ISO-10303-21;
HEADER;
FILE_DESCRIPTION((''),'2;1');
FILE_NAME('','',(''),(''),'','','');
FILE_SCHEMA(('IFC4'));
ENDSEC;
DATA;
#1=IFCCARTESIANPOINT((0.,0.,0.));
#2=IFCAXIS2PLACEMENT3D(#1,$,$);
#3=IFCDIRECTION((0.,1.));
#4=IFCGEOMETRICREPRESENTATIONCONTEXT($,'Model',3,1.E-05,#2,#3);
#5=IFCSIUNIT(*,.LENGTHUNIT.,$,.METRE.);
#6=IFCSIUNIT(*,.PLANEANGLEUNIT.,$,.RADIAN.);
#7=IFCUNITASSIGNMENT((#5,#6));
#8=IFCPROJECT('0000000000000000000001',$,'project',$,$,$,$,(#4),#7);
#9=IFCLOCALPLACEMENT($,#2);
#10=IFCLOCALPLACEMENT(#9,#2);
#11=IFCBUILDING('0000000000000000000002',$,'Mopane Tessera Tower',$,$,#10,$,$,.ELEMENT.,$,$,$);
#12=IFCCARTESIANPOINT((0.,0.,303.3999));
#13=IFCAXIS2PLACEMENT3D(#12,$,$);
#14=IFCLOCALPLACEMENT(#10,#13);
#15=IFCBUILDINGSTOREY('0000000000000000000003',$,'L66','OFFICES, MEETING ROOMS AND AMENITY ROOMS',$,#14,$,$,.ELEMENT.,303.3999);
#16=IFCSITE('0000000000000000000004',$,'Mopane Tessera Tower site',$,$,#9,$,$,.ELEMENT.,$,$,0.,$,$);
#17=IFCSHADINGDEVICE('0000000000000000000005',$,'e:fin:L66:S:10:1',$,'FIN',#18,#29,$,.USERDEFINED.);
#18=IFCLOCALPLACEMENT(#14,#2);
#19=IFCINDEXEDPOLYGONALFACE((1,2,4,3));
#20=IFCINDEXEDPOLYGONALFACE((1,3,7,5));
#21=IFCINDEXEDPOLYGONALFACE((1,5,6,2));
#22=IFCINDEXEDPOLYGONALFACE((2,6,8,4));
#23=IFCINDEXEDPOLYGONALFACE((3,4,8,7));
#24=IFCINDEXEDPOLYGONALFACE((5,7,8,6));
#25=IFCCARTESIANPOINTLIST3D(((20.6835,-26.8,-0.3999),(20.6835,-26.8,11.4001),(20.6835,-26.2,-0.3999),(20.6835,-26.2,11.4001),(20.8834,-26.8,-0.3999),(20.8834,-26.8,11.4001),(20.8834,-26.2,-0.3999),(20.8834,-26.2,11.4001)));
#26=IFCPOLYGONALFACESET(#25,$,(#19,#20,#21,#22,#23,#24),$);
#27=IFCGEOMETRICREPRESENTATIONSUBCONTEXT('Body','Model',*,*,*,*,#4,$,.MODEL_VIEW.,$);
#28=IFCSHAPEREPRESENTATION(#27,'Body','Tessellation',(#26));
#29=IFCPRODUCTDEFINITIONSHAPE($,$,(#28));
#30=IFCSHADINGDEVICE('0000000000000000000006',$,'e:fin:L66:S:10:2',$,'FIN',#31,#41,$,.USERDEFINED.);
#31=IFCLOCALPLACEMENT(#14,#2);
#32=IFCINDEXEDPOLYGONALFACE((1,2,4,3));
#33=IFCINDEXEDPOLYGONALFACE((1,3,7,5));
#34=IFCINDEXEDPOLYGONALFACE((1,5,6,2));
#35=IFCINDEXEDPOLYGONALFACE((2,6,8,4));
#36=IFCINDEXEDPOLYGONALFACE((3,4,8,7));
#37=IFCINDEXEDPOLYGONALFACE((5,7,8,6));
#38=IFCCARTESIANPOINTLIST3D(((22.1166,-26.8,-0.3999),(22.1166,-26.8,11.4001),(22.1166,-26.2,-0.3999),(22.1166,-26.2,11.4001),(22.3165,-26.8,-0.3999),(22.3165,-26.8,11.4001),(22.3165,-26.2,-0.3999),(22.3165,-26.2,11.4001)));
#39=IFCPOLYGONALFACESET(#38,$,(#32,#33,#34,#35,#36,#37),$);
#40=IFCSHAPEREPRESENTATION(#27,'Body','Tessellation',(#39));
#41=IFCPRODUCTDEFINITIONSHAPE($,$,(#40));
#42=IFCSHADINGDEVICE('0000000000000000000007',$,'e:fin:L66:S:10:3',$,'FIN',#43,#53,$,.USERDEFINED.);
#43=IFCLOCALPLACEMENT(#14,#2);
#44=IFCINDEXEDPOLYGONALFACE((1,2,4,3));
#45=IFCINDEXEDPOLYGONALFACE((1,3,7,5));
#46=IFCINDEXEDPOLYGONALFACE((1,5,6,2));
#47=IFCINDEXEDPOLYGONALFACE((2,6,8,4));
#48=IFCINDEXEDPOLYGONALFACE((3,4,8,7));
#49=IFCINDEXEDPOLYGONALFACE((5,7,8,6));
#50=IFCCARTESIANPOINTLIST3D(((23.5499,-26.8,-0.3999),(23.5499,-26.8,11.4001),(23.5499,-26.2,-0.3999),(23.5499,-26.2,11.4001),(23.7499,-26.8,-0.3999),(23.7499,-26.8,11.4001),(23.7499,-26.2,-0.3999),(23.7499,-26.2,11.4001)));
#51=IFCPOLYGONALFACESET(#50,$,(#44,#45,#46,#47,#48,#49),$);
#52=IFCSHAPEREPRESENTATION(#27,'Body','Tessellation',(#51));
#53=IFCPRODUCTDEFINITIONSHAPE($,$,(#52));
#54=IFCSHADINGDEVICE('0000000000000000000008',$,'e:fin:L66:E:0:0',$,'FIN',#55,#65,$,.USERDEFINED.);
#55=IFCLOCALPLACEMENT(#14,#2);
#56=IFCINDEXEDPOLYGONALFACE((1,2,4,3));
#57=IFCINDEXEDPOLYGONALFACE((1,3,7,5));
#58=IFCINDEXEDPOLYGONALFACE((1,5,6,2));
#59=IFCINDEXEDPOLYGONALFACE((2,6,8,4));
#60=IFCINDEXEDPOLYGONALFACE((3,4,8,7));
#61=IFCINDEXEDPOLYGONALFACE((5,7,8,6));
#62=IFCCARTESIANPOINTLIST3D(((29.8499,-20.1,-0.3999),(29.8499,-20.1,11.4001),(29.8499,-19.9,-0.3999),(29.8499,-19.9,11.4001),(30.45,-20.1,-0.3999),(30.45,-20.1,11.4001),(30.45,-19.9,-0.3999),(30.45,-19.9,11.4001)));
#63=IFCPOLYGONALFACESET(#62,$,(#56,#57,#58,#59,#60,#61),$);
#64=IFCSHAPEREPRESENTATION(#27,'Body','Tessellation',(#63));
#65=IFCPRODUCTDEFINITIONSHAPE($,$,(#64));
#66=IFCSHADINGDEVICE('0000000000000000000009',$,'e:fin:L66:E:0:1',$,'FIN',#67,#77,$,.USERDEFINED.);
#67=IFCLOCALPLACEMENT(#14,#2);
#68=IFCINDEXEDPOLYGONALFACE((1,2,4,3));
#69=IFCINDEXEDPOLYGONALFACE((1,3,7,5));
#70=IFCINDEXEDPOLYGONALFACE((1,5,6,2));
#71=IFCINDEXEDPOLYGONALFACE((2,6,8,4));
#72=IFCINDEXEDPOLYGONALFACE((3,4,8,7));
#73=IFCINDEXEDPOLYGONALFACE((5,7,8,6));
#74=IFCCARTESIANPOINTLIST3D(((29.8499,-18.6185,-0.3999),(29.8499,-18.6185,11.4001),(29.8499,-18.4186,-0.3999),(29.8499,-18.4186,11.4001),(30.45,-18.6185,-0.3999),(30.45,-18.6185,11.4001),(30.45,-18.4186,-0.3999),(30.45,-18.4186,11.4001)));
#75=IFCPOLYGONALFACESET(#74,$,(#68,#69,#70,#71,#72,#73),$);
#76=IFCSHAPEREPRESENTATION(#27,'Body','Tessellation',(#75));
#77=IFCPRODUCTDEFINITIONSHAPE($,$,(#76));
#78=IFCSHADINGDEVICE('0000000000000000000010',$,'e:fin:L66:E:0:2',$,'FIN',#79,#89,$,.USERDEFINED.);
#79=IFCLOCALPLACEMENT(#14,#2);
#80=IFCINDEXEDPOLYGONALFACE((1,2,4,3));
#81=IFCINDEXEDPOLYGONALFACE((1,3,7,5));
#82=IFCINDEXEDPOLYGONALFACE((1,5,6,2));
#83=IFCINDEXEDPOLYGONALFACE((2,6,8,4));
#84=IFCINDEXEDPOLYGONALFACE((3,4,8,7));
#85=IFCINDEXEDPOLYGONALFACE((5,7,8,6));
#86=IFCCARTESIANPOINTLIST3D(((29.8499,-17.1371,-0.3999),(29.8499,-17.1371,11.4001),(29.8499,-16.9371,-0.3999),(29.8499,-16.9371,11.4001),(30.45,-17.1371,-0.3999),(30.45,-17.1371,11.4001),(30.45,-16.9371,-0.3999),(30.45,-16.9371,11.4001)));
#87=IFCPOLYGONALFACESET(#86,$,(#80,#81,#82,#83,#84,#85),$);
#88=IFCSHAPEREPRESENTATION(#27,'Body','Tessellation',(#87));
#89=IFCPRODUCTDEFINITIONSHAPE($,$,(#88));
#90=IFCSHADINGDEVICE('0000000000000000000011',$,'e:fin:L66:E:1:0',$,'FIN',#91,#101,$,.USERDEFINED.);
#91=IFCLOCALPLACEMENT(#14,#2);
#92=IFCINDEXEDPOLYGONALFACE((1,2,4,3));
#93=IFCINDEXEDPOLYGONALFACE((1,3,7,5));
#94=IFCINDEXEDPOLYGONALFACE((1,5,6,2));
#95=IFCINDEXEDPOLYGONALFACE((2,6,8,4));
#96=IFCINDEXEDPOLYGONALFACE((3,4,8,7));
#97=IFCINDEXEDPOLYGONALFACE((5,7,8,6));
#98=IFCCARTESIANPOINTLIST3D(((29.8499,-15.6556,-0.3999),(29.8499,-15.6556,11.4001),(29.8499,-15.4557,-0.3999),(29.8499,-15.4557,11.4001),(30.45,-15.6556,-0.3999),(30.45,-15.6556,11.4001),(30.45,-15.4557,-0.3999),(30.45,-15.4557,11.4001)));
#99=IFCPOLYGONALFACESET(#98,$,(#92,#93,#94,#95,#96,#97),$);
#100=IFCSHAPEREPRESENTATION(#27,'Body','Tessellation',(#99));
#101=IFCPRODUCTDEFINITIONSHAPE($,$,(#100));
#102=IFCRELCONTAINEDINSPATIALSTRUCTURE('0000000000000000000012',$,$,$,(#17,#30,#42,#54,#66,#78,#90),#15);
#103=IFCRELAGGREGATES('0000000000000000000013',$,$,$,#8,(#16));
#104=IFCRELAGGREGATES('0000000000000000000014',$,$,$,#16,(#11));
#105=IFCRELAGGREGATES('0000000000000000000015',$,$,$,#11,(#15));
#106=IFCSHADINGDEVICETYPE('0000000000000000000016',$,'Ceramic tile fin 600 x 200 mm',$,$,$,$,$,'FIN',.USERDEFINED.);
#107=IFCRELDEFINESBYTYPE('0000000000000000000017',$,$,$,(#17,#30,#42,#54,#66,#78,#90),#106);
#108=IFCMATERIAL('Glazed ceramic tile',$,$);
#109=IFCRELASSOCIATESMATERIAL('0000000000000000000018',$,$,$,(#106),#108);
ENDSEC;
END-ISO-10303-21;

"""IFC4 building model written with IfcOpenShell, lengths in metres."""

from ifc_helpers import new_model, si_unit, direction, frame, origin, origin_2d, place, context, subcontext, project, spatial, rectangle, extrude, material, type_object, element, save


model = new_model("IFC4")

# Units and contexts
model_context = context("Model", 3, precision=1e-05, world=origin(), true_north=direction((0.0, 1.0)))
body_context = subcontext(model_context, "Body", "Model", "MODEL_VIEW")
ifc_project = project(units=[si_unit("LENGTHUNIT", "METRE"), si_unit("PLANEANGLEUNIT", "RADIAN")], contexts=[model_context])

# Site, building, storey
site_placement = place(None, origin())
site = spatial("IfcSite", under=ifc_project, at=site_placement, Name="Mopane Tessera Tower site", CompositionType="ELEMENT", RefElevation=0.0)
building_placement = place(site_placement, origin())
building = spatial("IfcBuilding", under=site, at=building_placement, Name="Mopane Tessera Tower", CompositionType="ELEMENT")
storey_placement = place(building_placement, frame((0.0, 0.0, 303.3999)))
storey = spatial("IfcBuildingStorey", under=building, at=storey_placement, Name="L66", Description="OFFICES, MEETING ROOMS AND AMENITY ROOMS", CompositionType="ELEMENT", Elevation=303.3999)

# Shading devices
ifc_material_1 = material(Name="Glazed ceramic tile")
shading_device_type = type_object("IfcShadingDeviceType", Name="Ceramic tile fin 600 x 200 mm", ElementType="FIN", PredefinedType="USERDEFINED", material=ifc_material_1)
for number, where, z_axis, x_axis, name in (
    (1, (20.7834, -26.5, -0.3999), (0.0, 0.0, 1.0), (1.0, 0.0, 0.0), "e:fin:L66:S:10:1"),
    (2, (22.2166, -26.5, -0.3999), (0.0, 0.0, 1.0), (1.0, 0.0, 0.0), "e:fin:L66:S:10:2"),
    (3, (23.6499, -26.5, -0.3999), (0.0, 0.0, 1.0), (1.0, 0.0, 0.0), "e:fin:L66:S:10:3"),
    (4, (30.1499, -20.0, -0.3999), (0.0, 0.0, 1.0), (0.0, 1.0, 0.0), "e:fin:L66:E:0:0"),
    (5, (30.1499, -18.5186, -0.3999), (0.0, 0.0, 1.0), (0.0, 1.0, 0.0), "e:fin:L66:E:0:1"),
    (6, (30.1499, -17.0371, -0.3999), (0.0, 0.0, 1.0), (0.0, 1.0, 0.0), "e:fin:L66:E:0:2"),
    (7, (30.1499, -15.5557, -0.3999), (0.0, 0.0, 1.0), (0.0, 1.0, 0.0), "e:fin:L66:E:1:0"),
):
    element("IfcShadingDevice", number, at=place(storey_placement, frame(where, z_axis=z_axis, x_axis=x_axis)), inside=storey, type_object=shading_device_type, Name=name, ObjectType="FIN", PredefinedType="USERDEFINED", context=body_context, shape_type="SweptSolid", body=[
        extrude(rectangle(XDim=0.2, YDim=0.6001, at=origin_2d()), origin(), (0.0, 0.0, 1.0), 11.8),
    ])

save(model, "model.ifc")
